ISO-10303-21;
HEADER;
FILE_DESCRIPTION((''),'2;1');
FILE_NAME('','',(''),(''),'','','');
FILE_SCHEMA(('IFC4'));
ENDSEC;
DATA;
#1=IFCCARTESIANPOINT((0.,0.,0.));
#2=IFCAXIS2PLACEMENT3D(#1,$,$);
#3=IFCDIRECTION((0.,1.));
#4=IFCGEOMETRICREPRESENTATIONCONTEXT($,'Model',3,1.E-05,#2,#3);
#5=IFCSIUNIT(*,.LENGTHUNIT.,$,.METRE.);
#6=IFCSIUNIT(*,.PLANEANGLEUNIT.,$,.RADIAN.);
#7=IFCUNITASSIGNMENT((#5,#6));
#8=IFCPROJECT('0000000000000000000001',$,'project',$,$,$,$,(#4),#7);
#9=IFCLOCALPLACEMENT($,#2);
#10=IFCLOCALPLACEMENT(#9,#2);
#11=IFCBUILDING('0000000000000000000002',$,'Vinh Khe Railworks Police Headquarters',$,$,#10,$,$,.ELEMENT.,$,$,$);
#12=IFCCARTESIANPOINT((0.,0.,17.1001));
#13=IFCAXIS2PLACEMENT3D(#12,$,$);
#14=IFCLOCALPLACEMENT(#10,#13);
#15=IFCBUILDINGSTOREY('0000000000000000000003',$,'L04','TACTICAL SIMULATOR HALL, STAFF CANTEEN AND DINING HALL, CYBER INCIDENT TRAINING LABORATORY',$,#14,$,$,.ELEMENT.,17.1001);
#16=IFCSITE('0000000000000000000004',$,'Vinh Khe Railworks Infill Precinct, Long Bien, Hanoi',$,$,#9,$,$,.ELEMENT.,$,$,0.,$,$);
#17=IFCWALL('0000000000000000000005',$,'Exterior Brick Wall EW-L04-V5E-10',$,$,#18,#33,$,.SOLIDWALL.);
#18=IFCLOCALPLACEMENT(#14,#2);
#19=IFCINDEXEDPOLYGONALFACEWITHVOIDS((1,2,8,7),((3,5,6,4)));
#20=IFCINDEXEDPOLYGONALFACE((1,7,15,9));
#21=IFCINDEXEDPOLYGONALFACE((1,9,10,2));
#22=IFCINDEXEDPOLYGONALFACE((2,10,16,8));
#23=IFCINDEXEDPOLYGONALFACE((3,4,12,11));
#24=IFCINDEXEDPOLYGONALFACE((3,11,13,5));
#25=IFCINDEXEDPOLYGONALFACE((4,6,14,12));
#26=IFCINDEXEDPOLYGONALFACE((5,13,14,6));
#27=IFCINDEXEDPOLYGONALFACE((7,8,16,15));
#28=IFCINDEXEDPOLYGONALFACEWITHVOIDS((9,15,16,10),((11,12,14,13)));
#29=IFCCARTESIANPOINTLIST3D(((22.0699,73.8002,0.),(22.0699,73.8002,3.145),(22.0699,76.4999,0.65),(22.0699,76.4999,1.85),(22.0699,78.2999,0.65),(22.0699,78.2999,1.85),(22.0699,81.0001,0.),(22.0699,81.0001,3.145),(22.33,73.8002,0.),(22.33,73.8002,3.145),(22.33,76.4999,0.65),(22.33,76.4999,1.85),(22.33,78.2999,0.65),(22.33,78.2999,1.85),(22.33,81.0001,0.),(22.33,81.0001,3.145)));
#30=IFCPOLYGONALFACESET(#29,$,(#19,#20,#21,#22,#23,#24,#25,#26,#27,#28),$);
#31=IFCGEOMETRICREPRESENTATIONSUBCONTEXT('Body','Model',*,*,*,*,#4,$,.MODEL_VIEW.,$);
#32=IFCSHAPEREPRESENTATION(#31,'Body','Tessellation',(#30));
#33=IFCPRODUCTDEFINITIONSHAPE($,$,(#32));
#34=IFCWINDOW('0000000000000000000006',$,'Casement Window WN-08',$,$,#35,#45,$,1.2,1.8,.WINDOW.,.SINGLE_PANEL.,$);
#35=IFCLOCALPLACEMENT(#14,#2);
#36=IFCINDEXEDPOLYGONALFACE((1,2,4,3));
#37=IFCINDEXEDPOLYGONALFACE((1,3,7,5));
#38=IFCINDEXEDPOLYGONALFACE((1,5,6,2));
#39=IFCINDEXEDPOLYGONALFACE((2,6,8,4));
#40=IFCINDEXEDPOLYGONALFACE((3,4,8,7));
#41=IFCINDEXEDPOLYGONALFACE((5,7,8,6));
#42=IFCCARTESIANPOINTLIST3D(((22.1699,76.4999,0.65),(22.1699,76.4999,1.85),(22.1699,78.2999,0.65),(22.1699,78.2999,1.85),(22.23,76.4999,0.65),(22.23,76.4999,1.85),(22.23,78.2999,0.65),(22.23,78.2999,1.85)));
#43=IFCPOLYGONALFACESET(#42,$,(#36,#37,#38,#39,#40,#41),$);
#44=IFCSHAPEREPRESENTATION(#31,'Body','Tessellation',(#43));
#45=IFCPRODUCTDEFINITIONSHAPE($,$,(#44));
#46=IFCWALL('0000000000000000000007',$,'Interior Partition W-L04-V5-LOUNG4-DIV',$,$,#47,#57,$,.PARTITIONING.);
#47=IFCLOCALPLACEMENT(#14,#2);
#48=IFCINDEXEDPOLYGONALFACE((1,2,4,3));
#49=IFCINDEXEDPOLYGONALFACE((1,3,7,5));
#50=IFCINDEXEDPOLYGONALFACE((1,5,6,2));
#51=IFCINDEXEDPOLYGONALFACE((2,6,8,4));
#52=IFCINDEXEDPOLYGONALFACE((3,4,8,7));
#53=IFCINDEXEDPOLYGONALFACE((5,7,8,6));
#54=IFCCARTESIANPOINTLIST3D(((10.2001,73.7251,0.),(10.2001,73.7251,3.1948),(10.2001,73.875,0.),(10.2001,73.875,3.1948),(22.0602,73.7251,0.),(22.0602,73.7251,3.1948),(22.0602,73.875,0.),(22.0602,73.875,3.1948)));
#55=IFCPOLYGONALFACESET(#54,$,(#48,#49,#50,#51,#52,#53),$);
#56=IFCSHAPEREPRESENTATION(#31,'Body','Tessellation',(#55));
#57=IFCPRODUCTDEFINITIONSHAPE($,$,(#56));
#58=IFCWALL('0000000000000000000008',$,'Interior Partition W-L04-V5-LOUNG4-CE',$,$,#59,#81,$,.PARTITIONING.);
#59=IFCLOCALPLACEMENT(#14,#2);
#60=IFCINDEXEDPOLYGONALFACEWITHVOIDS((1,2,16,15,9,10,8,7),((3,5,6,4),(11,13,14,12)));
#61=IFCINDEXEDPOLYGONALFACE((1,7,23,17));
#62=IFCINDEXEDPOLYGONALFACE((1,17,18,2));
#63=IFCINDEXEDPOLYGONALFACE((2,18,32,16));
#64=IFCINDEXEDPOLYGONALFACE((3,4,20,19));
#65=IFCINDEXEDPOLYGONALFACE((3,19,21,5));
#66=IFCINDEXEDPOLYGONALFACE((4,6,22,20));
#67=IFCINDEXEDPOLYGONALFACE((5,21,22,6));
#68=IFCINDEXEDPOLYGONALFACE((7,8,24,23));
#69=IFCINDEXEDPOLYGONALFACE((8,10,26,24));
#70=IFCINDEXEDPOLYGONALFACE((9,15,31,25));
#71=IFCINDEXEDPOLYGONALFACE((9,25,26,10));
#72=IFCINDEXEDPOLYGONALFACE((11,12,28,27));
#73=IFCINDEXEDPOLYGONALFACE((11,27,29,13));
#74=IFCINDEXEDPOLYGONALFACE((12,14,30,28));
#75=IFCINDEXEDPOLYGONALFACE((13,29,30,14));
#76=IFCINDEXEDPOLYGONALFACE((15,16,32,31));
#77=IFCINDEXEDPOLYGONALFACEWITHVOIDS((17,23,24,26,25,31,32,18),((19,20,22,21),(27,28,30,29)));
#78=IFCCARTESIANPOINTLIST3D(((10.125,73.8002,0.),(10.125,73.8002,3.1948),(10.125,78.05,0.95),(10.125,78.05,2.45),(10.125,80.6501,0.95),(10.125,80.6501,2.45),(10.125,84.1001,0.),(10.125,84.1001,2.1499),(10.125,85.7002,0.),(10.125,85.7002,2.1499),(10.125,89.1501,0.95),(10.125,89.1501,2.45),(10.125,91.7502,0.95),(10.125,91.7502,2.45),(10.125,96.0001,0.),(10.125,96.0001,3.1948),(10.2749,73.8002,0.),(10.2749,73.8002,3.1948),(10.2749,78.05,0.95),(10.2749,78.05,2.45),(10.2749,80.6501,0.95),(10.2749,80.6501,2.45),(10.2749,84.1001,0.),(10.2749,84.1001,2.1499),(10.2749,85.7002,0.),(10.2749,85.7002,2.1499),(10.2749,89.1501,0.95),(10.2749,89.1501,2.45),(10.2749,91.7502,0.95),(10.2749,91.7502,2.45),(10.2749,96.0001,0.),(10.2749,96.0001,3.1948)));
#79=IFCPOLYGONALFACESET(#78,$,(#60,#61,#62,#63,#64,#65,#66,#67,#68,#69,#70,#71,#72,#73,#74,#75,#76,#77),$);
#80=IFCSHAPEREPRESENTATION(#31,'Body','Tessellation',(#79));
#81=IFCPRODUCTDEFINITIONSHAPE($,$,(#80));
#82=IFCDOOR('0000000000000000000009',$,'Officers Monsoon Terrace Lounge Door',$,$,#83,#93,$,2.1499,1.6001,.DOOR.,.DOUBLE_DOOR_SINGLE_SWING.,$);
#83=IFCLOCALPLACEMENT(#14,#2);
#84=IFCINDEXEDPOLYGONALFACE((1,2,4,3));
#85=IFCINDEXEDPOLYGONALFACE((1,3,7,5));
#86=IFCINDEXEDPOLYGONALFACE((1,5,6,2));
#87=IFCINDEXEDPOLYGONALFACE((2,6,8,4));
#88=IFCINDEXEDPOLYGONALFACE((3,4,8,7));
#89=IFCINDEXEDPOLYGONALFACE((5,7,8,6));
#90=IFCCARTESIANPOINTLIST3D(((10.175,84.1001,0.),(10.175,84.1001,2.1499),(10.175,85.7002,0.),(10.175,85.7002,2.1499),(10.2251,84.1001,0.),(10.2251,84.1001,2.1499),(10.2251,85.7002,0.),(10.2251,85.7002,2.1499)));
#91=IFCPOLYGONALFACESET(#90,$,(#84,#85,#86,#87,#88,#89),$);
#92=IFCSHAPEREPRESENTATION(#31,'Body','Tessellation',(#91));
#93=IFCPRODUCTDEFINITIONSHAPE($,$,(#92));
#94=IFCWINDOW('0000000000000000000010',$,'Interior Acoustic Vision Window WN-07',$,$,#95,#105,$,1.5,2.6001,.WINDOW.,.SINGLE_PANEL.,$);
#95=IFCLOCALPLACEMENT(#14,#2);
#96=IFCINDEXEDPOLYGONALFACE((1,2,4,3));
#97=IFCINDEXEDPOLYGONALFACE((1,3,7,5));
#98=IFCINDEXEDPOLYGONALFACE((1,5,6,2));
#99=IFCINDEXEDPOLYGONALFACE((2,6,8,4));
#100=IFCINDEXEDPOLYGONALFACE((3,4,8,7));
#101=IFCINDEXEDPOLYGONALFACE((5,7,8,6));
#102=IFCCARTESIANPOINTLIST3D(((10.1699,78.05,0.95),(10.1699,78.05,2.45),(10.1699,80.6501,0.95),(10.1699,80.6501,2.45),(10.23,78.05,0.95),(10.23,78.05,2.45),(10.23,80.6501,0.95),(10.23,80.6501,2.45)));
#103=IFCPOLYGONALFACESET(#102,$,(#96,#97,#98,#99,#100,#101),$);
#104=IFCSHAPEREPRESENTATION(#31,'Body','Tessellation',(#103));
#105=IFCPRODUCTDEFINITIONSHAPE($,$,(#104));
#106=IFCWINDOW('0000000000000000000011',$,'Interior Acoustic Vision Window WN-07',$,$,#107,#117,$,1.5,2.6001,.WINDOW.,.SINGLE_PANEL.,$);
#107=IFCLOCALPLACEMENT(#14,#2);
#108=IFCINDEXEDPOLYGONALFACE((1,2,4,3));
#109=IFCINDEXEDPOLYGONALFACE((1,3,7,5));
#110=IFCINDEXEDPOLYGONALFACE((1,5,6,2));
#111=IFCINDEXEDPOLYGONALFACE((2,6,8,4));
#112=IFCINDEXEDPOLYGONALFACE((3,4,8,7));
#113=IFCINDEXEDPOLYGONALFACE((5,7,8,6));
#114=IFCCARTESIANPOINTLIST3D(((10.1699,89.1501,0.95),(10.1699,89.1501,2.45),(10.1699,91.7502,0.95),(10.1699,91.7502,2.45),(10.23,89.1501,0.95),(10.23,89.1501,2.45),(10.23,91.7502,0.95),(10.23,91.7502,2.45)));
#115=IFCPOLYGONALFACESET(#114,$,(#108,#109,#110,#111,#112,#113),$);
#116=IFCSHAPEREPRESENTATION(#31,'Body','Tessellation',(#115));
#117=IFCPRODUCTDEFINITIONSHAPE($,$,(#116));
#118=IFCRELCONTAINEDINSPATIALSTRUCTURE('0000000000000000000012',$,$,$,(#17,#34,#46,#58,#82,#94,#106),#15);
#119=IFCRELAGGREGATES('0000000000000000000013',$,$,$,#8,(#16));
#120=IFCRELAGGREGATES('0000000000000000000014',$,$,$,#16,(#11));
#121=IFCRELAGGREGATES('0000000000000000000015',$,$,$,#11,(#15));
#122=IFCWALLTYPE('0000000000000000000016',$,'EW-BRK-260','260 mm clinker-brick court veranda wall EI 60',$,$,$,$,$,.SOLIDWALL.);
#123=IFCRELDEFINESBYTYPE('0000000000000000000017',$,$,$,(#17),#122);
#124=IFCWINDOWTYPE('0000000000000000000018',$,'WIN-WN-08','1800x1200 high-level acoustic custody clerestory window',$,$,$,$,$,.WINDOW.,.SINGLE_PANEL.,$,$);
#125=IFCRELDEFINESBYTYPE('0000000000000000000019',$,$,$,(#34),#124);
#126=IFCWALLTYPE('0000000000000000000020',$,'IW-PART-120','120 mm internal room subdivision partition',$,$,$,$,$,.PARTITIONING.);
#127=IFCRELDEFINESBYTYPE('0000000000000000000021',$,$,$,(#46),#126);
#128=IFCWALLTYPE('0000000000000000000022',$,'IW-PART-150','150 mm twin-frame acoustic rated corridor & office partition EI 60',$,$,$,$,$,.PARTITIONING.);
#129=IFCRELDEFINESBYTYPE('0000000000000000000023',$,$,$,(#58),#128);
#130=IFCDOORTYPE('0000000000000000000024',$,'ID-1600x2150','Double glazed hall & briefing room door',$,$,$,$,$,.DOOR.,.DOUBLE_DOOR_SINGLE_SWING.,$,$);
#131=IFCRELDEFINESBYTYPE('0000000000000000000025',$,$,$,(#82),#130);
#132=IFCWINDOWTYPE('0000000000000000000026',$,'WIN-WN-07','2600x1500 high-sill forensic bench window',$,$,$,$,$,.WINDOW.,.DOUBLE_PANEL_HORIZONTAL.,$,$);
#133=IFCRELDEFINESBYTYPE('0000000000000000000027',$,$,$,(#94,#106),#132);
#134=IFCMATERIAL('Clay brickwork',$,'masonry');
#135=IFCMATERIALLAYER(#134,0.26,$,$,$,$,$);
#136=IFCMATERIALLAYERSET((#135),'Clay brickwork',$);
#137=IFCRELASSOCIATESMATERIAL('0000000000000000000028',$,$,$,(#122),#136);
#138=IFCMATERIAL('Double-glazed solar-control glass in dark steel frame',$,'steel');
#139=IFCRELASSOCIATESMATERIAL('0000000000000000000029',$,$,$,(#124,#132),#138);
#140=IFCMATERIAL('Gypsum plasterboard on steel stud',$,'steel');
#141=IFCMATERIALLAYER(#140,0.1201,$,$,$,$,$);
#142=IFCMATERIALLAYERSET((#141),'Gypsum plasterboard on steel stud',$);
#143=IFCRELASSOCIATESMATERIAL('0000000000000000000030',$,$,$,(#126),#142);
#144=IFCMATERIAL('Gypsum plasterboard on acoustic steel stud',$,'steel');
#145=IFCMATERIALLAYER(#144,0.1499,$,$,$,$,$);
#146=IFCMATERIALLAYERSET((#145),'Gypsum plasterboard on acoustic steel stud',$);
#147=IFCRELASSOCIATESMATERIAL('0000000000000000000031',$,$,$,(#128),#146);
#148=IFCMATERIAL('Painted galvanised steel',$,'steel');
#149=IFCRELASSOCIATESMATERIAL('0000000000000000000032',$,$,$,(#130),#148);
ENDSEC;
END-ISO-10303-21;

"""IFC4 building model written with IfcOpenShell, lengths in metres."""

from ifc_helpers import new_model, si_unit, direction, frame, frame_2d, origin, place, context, subcontext, project, spatial, rectangle, extrude, material, layer, layer_set, type_object, element, fill, save


model = new_model("IFC4")

# Units and contexts
model_context = context("Model", 3, precision=1e-05, world=origin(), true_north=direction((0.0, 1.0)))
body_context = subcontext(model_context, "Body", "Model", "MODEL_VIEW")
ifc_project = project(units=[si_unit("LENGTHUNIT", "METRE"), si_unit("PLANEANGLEUNIT", "RADIAN")], contexts=[model_context])

# Site, building, storey
site_placement = place(None, origin())
site = spatial("IfcSite", under=ifc_project, at=site_placement, Name="Vinh Khe Railworks Infill Precinct, Long Bien, Hanoi", CompositionType="ELEMENT", RefElevation=0.0)
building_placement = place(site_placement, origin())
building = spatial("IfcBuilding", under=site, at=building_placement, Name="Vinh Khe Railworks Police Headquarters", CompositionType="ELEMENT")
storey_placement = place(building_placement, frame((0.0, 0.0, 17.1001)))
storey = spatial("IfcBuildingStorey", under=building, at=storey_placement, Name="L04", Description="TACTICAL SIMULATOR HALL, STAFF CANTEEN AND DINING HALL, CYBER INCIDENT TRAINING LABORATORY", CompositionType="ELEMENT", Elevation=17.1001)

# Wall, opening, window
ifc_material_1 = material(Name="Clay brickwork", Category="masonry")
ifc_layer_1 = layer(ifc_material_1, 0.26)
ifc_layer_set_1 = layer_set([ifc_layer_1], Name="Clay brickwork")
wall_type_1 = type_object("IfcWallType", Name="EW-BRK-260", Description="260 mm clinker-brick court veranda wall EI 60", PredefinedType="SOLIDWALL", material=ifc_layer_set_1)
ifc_material_2 = material(Name="Double-glazed solar-control glass in dark steel frame", Category="steel")
window_type_1 = type_object("IfcWindowType", Name="WIN-WN-08", Description="1800x1200 high-level acoustic custody clerestory window", PartitioningType="SINGLE_PANEL", PredefinedType="WINDOW", material=ifc_material_2)
wall_1_placement = place(storey_placement, frame((22.2, 73.8, 0.0), z_axis=(0.0, 0.0, 1.0), x_axis=(0.0, 1.0, 0.0)))
wall_1 = element("IfcWall", 1, at=wall_1_placement, inside=storey, type_object=wall_type_1, Name="Exterior Brick Wall EW-L04-V5E-10", PredefinedType="SOLIDWALL", context=body_context, shape_type="SweptSolid", body=[
    extrude(rectangle(XDim=7.2, YDim=0.26, at=frame_2d((3.6001, 0.0))), origin(), (0.0, 0.0, 1.0), 3.145),
])
opening_1_placement = place(wall_1_placement, frame((2.7, 0.0, 0.6499)))
opening_1 = element("IfcOpeningElement", 2, at=opening_1_placement, cuts=wall_1, PredefinedType="OPENING", context=body_context, shape_type="SweptSolid", body=[
    extrude(rectangle(XDim=1.8, YDim=1.2, at=frame_2d((0.8999, 0.6001))), frame((0.0, 0.145, 0.0), z_axis=(0.0, -1.0, 0.0), x_axis=(1.0, 0.0, 0.0)), (0.0, 0.0, 1.0), 0.2898),
])
window_1_placement = place(opening_1_placement, origin())
window_1 = element("IfcWindow", 3, at=window_1_placement, inside=storey, type_object=window_type_1, Name="Casement Window WN-08", OverallHeight=1.2, OverallWidth=1.8, PartitioningType="SINGLE_PANEL", PredefinedType="WINDOW", context=body_context, shape_type="SweptSolid", body=[
    extrude(rectangle(XDim=1.8, YDim=1.2, at=frame_2d((0.8999, 0.6001))), frame((0.0, 0.03, 0.0), z_axis=(0.0, -1.0, 0.0), x_axis=(1.0, 0.0, 0.0)), (0.0, 0.0, 1.0), 0.0601),
])
fill(opening_1, window_1)

# Wall
ifc_material_3 = material(Name="Gypsum plasterboard on steel stud", Category="steel")
ifc_layer_2 = layer(ifc_material_3, 0.1201)
ifc_layer_set_2 = layer_set([ifc_layer_2], Name="Gypsum plasterboard on steel stud")
wall_type_2 = type_object("IfcWallType", Name="IW-PART-120", Description="120 mm internal room subdivision partition", PredefinedType="PARTITIONING", material=ifc_layer_set_2)
wall_2_placement = place(storey_placement, frame((10.2, 73.8, 0.0), z_axis=(0.0, 0.0, 1.0), x_axis=(1.0, 0.0, 0.0)))
element("IfcWall", 4, at=wall_2_placement, inside=storey, type_object=wall_type_2, Name="Interior Partition W-L04-V5-LOUNG4-DIV", PredefinedType="PARTITIONING", context=body_context, shape_type="SweptSolid", body=[
    extrude(rectangle(XDim=11.8601, YDim=0.1499, at=frame_2d((5.9302, 0.0))), origin(), (0.0, 0.0, 1.0), 3.1948),
])

# Wall, openings, door, windows
ifc_material_4 = material(Name="Gypsum plasterboard on acoustic steel stud", Category="steel")
ifc_layer_3 = layer(ifc_material_4, 0.1499)
ifc_layer_set_3 = layer_set([ifc_layer_3], Name="Gypsum plasterboard on acoustic steel stud")
wall_type_3 = type_object("IfcWallType", Name="IW-PART-150", Description="150 mm twin-frame acoustic rated corridor & office partition EI 60", PredefinedType="PARTITIONING", material=ifc_layer_set_3)
wall_3_placement = place(storey_placement, frame((10.2, 73.8, 0.0), z_axis=(0.0, 0.0, 1.0), x_axis=(0.0, 1.0, 0.0)))
wall_3 = element("IfcWall", 5, at=wall_3_placement, inside=storey, type_object=wall_type_3, Name="Interior Partition W-L04-V5-LOUNG4-CE", PredefinedType="PARTITIONING", context=body_context, shape_type="SweptSolid", body=[
    extrude(rectangle(XDim=22.2, YDim=0.1499, at=frame_2d((11.1001, 0.0))), origin(), (0.0, 0.0, 1.0), 3.1948),
])
opening_2_placement = place(wall_3_placement, frame((10.3, 0.0, 0.0)))
opening_2 = element("IfcOpeningElement", 6, at=opening_2_placement, cuts=wall_3, PredefinedType="OPENING", context=body_context, shape_type="SweptSolid", body=[
    extrude(rectangle(XDim=1.6001, YDim=2.1499, at=frame_2d((0.8, 1.075))), frame((0.0, 0.0898, 0.0), z_axis=(0.0, -1.0, 0.0), x_axis=(1.0, 0.0, 0.0)), (0.0, 0.0, 1.0), 0.1797),
])
opening_3_placement = place(wall_3_placement, frame((4.25, 0.0, 0.95)))
opening_3 = element("IfcOpeningElement", 7, at=opening_3_placement, cuts=wall_3, PredefinedType="OPENING", context=body_context, shape_type="SweptSolid", body=[
    extrude(rectangle(XDim=2.6001, YDim=1.5, at=frame_2d((1.3, 0.75))), frame((0.0, 0.0898, 0.0), z_axis=(0.0, -1.0, 0.0), x_axis=(1.0, 0.0, 0.0)), (0.0, 0.0, 1.0), 0.1797),
])
opening_4_placement = place(wall_3_placement, frame((15.3501, 0.0, 0.95)))
opening_4 = element("IfcOpeningElement", 8, at=opening_4_placement, cuts=wall_3, PredefinedType="OPENING", context=body_context, shape_type="SweptSolid", body=[
    extrude(rectangle(XDim=2.6001, YDim=1.5, at=frame_2d((1.3, 0.75))), frame((0.0, 0.0898, 0.0), z_axis=(0.0, -1.0, 0.0), x_axis=(1.0, 0.0, 0.0)), (0.0, 0.0, 1.0), 0.1797),
])
ifc_material_5 = material(Name="Painted galvanised steel", Category="steel")
door_type = type_object("IfcDoorType", Name="ID-1600x2150", Description="Double glazed hall & briefing room door", OperationType="DOUBLE_DOOR_SINGLE_SWING", PredefinedType="DOOR", material=ifc_material_5)
door_placement = place(opening_2_placement, origin())
door = element("IfcDoor", 9, at=door_placement, inside=storey, type_object=door_type, Name="Officers Monsoon Terrace Lounge Door", OperationType="DOUBLE_DOOR_SINGLE_SWING", OverallHeight=2.1499, OverallWidth=1.6001, PredefinedType="DOOR", context=body_context, shape_type="SweptSolid", body=[
    extrude(rectangle(XDim=1.6001, YDim=2.1499, at=frame_2d((0.8, 1.075))), frame((0.0, 0.0249, 0.0), z_axis=(0.0, -1.0, 0.0), x_axis=(1.0, 0.0, 0.0)), (0.0, 0.0, 1.0), 0.05),
])
fill(opening_2, door)
window_type_2 = type_object("IfcWindowType", Name="WIN-WN-07", Description="2600x1500 high-sill forensic bench window", PartitioningType="DOUBLE_PANEL_HORIZONTAL", PredefinedType="WINDOW", material=ifc_material_2)
window_2_placement = place(opening_3_placement, origin())
window_2 = element("IfcWindow", 10, at=window_2_placement, inside=storey, type_object=window_type_2, Name="Interior Acoustic Vision Window WN-07", OverallHeight=1.5, OverallWidth=2.6001, PartitioningType="SINGLE_PANEL", PredefinedType="WINDOW", context=body_context, shape_type="SweptSolid", body=[
    extrude(rectangle(XDim=2.6001, YDim=1.5, at=frame_2d((1.3, 0.75))), frame((0.0, 0.03, 0.0), z_axis=(0.0, -1.0, 0.0), x_axis=(1.0, 0.0, 0.0)), (0.0, 0.0, 1.0), 0.0601),
])
fill(opening_3, window_2)
window_3_placement = place(opening_4_placement, origin())
window_3 = element("IfcWindow", 11, at=window_3_placement, inside=storey, type_object=window_type_2, Name="Interior Acoustic Vision Window WN-07", OverallHeight=1.5, OverallWidth=2.6001, PartitioningType="SINGLE_PANEL", PredefinedType="WINDOW", context=body_context, shape_type="SweptSolid", body=[
    extrude(rectangle(XDim=2.6001, YDim=1.5, at=frame_2d((1.3, 0.75))), frame((0.0, 0.03, 0.0), z_axis=(0.0, -1.0, 0.0), x_axis=(1.0, 0.0, 0.0)), (0.0, 0.0, 1.0), 0.0601),
])
fill(opening_4, window_3)

save(model, "model.ifc")
